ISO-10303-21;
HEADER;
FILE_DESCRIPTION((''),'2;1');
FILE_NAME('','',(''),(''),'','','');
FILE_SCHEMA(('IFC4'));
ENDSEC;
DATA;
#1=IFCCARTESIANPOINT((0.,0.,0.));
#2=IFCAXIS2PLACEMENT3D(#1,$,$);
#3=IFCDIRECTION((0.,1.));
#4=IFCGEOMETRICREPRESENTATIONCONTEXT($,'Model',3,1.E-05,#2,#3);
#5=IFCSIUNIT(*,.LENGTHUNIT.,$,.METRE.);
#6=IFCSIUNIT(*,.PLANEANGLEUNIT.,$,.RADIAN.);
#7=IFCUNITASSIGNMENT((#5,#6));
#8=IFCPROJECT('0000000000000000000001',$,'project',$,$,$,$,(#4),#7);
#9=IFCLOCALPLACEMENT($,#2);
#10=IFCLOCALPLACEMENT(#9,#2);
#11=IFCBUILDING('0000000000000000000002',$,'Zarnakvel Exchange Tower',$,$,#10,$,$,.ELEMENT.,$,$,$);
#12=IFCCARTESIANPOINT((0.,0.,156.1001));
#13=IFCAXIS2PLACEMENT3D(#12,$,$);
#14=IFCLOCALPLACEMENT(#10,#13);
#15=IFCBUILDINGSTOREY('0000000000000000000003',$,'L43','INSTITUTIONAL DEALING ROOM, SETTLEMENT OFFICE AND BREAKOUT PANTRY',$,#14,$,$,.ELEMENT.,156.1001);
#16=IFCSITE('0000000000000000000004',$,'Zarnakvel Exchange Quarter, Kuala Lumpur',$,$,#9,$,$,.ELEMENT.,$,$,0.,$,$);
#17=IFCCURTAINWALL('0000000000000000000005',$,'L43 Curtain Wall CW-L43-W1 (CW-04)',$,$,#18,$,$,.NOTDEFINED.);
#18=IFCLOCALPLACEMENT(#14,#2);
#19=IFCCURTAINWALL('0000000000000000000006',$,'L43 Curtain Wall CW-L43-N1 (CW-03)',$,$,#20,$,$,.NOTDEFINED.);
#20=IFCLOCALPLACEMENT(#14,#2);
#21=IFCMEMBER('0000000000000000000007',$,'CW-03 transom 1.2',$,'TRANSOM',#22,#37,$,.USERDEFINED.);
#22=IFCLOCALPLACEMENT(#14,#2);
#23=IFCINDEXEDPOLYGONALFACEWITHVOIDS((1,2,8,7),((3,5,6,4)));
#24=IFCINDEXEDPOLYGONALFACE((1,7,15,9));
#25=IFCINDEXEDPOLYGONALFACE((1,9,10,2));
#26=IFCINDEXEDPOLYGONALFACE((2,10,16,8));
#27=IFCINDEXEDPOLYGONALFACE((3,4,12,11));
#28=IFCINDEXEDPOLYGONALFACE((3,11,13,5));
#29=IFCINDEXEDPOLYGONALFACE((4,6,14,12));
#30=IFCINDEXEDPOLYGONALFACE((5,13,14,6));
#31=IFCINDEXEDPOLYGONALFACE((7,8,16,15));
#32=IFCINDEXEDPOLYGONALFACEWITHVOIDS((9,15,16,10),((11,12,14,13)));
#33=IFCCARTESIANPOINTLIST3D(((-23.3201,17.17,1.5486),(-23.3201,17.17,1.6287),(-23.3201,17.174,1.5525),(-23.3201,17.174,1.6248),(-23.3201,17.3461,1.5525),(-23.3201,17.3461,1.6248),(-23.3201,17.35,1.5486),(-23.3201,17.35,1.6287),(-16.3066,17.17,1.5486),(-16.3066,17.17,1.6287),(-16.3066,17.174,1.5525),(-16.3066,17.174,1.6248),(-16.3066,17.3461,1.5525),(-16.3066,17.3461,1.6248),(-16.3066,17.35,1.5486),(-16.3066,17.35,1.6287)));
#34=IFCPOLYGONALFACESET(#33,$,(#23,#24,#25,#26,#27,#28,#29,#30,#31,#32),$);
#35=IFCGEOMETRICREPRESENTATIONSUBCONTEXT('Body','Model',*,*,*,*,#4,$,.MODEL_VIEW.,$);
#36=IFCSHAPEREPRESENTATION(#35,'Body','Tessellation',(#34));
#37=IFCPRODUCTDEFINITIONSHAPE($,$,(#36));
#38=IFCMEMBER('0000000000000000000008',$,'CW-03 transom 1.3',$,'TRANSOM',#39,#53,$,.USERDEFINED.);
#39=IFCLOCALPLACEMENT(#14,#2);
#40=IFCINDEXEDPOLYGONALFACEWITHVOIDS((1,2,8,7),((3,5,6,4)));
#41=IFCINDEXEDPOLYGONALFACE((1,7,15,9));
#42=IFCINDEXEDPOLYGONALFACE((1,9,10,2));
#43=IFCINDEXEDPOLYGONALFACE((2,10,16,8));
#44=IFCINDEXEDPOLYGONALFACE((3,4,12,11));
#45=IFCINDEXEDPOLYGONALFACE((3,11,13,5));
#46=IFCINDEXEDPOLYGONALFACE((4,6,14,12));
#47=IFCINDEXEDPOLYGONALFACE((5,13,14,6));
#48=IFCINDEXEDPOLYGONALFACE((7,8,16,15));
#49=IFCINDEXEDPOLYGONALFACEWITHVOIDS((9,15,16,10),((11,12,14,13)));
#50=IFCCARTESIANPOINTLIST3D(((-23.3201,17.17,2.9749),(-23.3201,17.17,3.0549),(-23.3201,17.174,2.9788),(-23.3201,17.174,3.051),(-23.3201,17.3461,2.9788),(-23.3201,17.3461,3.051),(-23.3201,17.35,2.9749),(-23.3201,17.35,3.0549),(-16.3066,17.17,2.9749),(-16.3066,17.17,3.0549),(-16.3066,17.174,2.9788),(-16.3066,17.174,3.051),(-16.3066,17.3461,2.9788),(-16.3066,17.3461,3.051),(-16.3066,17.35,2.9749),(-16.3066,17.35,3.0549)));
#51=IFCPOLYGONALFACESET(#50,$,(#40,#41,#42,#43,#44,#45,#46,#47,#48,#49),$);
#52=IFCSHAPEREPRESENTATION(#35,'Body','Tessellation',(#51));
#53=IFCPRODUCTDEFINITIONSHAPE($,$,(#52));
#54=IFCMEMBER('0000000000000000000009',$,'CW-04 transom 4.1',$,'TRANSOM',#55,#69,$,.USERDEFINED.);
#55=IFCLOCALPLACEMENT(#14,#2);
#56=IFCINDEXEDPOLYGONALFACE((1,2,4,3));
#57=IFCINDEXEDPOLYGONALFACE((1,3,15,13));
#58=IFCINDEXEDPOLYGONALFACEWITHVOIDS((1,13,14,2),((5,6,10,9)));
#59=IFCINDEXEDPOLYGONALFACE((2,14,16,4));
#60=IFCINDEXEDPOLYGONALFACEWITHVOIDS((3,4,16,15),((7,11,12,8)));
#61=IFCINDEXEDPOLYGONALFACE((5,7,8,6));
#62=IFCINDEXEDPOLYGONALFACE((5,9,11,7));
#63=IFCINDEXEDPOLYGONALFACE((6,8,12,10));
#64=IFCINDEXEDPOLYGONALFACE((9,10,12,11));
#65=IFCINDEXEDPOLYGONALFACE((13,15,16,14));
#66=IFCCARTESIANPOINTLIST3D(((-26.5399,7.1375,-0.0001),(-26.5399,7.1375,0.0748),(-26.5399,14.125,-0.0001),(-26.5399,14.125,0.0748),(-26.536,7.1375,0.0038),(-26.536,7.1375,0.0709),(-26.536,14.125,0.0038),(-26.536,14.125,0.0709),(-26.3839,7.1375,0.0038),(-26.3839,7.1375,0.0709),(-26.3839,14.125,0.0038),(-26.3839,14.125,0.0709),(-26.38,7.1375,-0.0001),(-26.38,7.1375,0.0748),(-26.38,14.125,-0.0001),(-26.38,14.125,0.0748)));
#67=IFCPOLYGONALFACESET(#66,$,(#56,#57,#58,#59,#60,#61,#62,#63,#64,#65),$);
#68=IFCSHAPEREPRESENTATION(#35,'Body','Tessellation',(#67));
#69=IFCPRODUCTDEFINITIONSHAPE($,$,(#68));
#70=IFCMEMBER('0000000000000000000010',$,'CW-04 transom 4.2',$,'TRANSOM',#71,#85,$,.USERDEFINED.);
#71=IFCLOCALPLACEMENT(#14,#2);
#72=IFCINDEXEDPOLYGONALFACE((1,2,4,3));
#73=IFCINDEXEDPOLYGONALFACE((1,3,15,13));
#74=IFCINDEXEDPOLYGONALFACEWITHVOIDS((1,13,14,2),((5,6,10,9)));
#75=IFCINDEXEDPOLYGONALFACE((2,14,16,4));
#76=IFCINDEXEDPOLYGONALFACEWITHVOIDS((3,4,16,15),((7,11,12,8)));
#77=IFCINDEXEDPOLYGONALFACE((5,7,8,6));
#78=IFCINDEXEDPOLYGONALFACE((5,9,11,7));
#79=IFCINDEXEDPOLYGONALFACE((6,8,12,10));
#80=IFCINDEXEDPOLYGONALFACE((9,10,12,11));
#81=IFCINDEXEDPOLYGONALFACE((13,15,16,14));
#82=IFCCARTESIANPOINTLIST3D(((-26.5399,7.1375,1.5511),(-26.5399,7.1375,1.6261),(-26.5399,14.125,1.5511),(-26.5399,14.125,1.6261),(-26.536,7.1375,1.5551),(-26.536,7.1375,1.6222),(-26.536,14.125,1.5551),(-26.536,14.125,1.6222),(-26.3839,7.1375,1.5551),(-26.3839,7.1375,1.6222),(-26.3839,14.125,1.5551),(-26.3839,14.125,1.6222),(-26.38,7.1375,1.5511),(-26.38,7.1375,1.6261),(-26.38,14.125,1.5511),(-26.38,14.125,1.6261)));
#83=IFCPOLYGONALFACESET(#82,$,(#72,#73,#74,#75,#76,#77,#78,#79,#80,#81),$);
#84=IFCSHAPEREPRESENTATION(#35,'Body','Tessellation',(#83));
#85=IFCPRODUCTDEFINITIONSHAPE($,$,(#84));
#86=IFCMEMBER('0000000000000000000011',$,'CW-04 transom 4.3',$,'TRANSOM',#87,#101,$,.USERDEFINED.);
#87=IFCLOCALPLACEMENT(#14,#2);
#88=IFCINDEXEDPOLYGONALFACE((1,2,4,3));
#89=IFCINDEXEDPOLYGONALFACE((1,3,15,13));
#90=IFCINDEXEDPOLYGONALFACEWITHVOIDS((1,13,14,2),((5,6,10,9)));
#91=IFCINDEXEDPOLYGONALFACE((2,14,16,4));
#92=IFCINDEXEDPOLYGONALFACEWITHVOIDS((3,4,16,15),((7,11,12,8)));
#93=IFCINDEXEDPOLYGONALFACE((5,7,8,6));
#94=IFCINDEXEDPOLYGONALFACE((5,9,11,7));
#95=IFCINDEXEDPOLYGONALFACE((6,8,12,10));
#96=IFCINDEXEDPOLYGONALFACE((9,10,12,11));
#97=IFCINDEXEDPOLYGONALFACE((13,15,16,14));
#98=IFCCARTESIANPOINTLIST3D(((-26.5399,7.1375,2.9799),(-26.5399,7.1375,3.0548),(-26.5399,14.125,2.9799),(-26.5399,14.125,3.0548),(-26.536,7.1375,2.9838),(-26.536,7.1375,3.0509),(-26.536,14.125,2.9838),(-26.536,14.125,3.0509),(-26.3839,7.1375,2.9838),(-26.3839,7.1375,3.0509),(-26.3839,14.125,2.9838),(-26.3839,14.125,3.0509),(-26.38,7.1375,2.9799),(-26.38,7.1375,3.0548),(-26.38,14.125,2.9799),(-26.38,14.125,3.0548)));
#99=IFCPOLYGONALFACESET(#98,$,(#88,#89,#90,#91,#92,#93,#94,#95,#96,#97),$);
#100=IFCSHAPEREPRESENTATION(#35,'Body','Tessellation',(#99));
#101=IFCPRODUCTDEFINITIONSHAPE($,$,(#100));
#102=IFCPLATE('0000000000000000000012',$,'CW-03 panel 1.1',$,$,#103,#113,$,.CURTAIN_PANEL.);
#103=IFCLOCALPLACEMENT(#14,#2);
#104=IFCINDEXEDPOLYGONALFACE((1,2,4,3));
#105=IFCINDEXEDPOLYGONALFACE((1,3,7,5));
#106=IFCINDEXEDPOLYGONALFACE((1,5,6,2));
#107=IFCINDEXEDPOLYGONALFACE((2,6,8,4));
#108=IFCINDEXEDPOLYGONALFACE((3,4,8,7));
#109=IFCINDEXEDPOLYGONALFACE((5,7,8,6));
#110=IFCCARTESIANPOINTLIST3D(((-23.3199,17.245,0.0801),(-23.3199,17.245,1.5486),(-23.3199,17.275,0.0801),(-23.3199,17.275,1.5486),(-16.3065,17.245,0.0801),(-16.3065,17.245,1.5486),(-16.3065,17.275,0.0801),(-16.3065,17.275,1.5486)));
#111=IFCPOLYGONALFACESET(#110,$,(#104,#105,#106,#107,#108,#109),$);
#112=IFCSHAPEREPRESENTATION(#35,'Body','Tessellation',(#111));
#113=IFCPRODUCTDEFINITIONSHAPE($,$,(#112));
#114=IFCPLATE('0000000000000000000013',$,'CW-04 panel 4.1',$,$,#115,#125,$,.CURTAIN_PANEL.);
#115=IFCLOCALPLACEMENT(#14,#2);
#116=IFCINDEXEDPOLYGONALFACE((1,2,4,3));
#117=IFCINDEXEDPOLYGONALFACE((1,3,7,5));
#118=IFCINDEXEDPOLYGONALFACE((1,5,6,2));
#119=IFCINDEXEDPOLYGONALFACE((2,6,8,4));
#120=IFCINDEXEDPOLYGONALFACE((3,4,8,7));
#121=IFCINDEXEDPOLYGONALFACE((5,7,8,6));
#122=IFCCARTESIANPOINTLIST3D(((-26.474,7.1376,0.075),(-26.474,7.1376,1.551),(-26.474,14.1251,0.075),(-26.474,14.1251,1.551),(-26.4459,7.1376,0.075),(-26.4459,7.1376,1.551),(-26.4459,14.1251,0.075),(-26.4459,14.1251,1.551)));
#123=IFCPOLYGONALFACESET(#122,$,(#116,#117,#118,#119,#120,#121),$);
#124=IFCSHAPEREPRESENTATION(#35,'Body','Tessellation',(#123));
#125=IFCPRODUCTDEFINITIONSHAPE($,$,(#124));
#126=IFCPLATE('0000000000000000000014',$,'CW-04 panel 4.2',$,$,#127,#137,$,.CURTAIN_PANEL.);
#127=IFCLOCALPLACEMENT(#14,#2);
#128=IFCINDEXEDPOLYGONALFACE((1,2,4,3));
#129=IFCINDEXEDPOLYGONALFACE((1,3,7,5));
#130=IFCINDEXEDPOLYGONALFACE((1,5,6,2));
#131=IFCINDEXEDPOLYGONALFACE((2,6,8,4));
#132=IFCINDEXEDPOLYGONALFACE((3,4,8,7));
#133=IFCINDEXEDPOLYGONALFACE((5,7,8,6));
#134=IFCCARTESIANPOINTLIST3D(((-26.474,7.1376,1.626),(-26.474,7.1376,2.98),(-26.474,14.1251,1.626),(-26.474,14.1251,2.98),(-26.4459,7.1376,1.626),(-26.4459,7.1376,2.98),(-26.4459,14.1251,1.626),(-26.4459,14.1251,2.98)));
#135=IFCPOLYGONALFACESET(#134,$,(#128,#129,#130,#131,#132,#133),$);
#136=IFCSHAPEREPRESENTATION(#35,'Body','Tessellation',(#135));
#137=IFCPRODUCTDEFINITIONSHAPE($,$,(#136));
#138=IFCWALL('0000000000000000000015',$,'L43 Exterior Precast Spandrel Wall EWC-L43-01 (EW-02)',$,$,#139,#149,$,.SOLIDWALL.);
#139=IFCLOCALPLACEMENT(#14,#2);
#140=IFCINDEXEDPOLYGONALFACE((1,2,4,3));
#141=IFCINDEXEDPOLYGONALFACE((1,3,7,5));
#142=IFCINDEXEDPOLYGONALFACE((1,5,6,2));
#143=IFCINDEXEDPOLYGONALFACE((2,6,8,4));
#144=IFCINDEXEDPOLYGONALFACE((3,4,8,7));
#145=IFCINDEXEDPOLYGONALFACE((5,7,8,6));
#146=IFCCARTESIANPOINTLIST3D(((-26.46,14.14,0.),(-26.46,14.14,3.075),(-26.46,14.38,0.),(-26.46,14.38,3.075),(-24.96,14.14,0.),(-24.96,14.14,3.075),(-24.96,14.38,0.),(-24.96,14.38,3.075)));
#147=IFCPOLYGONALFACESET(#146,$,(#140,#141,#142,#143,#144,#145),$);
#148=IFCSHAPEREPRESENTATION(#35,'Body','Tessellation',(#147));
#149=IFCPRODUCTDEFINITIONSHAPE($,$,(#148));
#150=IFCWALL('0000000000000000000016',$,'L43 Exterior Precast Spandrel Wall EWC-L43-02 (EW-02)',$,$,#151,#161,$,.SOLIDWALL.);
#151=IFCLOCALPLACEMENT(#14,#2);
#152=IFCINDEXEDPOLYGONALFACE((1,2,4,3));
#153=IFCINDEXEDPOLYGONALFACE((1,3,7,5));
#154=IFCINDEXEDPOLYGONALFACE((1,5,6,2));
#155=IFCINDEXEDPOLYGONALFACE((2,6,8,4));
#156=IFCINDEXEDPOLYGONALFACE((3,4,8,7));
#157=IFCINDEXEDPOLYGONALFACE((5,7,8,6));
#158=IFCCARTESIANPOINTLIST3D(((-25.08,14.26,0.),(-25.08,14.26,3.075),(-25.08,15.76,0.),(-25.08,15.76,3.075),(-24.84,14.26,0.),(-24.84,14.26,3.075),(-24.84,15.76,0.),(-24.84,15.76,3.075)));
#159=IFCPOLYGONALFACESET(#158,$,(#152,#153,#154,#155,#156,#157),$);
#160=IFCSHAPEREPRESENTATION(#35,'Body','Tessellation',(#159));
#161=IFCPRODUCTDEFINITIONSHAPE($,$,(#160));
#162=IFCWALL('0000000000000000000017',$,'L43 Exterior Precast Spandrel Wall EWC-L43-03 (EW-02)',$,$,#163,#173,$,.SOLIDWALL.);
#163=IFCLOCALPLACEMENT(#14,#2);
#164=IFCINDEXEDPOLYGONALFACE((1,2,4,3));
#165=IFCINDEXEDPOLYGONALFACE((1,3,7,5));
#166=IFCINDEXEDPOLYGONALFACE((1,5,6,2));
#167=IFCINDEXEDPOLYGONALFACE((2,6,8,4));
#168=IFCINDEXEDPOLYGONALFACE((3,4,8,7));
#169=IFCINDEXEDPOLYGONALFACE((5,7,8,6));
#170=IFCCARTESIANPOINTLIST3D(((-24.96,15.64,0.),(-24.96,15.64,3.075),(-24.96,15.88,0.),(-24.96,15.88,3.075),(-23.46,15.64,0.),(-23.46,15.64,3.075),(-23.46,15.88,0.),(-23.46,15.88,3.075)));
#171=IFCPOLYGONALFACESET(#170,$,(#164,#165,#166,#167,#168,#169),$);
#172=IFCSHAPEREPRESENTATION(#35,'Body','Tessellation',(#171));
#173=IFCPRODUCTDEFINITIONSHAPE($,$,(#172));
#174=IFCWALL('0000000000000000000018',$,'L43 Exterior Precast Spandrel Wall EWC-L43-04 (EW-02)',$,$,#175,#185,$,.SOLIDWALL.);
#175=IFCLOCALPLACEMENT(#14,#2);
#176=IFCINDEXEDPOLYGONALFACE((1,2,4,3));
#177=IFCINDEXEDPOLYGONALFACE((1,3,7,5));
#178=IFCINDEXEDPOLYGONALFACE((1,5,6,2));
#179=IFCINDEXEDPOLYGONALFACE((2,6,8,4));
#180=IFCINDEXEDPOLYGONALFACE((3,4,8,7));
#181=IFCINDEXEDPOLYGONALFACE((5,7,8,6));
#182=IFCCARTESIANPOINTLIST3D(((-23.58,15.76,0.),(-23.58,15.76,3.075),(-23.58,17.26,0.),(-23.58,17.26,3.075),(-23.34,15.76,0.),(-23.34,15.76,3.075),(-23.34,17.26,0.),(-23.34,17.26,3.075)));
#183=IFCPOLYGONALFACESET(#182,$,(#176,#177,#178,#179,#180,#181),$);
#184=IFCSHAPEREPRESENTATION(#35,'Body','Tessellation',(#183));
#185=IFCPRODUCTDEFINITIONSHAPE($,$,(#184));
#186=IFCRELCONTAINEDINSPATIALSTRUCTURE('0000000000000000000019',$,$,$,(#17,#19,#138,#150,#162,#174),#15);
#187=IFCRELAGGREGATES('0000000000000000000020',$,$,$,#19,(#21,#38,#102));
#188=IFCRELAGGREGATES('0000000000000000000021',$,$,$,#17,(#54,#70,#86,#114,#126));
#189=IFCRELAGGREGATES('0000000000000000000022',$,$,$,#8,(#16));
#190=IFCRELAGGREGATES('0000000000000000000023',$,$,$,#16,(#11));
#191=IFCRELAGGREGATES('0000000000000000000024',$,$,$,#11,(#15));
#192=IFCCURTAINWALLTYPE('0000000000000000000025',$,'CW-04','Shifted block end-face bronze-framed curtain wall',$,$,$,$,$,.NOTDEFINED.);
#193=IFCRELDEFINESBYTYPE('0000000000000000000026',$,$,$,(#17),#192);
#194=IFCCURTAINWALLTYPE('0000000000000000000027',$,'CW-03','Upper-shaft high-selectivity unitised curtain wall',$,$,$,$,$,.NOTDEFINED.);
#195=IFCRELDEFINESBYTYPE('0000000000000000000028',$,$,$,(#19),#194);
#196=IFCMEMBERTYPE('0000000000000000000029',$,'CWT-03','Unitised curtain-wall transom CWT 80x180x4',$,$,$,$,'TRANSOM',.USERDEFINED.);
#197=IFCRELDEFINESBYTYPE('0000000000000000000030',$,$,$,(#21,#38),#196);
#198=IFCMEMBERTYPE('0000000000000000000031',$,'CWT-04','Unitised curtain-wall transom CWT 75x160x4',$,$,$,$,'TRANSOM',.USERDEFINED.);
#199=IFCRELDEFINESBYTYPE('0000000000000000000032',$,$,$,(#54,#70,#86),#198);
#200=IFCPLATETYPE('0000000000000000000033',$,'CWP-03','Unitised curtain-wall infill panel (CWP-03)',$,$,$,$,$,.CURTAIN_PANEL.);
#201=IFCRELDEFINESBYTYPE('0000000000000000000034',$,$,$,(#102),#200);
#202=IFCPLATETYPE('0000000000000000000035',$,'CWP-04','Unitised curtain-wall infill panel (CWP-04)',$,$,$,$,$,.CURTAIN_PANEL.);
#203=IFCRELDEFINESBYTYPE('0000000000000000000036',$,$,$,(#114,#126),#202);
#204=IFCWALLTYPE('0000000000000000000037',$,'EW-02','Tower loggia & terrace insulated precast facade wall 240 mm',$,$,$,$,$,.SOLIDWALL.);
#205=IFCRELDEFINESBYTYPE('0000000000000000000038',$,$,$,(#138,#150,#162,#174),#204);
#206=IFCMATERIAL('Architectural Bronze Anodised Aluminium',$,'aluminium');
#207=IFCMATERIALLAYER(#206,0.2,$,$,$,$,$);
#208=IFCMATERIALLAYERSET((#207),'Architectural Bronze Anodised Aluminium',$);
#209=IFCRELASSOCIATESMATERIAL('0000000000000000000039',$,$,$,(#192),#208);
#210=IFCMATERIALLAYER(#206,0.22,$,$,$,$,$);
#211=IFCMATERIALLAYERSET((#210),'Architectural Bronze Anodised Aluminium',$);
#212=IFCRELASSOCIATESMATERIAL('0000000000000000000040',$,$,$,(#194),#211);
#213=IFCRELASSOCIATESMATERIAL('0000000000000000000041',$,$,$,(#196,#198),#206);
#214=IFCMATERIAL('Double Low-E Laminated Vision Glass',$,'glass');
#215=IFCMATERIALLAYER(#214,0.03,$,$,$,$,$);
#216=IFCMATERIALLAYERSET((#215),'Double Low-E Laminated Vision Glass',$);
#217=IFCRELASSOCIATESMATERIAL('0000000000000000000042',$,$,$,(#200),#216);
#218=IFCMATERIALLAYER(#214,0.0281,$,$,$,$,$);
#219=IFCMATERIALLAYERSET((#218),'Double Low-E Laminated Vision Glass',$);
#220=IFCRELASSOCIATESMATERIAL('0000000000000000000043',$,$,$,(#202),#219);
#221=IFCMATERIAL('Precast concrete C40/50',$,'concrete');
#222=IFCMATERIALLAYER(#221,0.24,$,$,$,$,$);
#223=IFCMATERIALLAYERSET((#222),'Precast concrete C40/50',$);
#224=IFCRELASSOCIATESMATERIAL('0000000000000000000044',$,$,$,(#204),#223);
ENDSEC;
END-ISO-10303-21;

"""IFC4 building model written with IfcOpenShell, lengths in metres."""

from ifc_helpers import new_model, si_unit, direction, frame, frame_2d, origin, origin_2d, place, context, subcontext, project, spatial, rectangle, hollow_rectangle, extrude, source, transform, mapped, material, layer, layer_set, material_profile, profile_set, type_object, element, aggregate, save


model = new_model("IFC4")

# Units and contexts
model_context = context("Model", 3, precision=1e-05, world=origin(), true_north=direction((0.0, 1.0)))
body_context = subcontext(model_context, "Body", "Model", "MODEL_VIEW")
ifc_project = project(units=[si_unit("LENGTHUNIT", "METRE"), si_unit("PLANEANGLEUNIT", "RADIAN")], contexts=[model_context])

# Site, building, storey
site_placement = place(None, origin())
site = spatial("IfcSite", under=ifc_project, at=site_placement, Name="Zarnakvel Exchange Quarter, Kuala Lumpur", CompositionType="ELEMENT", RefElevation=0.0)
building_placement = place(site_placement, origin())
building = spatial("IfcBuilding", under=site, at=building_placement, Name="Zarnakvel Exchange Tower", CompositionType="ELEMENT")
storey_placement = place(building_placement, frame((0.0, 0.0, 156.1001)))
storey = spatial("IfcBuildingStorey", under=building, at=storey_placement, Name="L43", Description="INSTITUTIONAL DEALING ROOM, SETTLEMENT OFFICE AND BREAKOUT PANTRY", CompositionType="ELEMENT", Elevation=156.1001)

# Curtain walls, members
ifc_material_1 = material(Name="Architectural Bronze Anodised Aluminium", Category="aluminium")
ifc_layer_1 = layer(ifc_material_1, 0.2)
ifc_layer_set_1 = layer_set([ifc_layer_1], Name="Architectural Bronze Anodised Aluminium")
curtain_wall_type_1 = type_object("IfcCurtainWallType", Name="CW-04", Description="Shifted block end-face bronze-framed curtain wall", PredefinedType="NOTDEFINED", material=ifc_layer_set_1)
curtain_wall_1_placement = place(storey_placement, origin())
curtain_wall_1 = element("IfcCurtainWall", 1, at=curtain_wall_1_placement, inside=storey, type_object=curtain_wall_type_1, Name="L43 Curtain Wall CW-L43-W1 (CW-04)", PredefinedType="NOTDEFINED")
ifc_layer_2 = layer(ifc_material_1, 0.22)
ifc_layer_set_2 = layer_set([ifc_layer_2], Name="Architectural Bronze Anodised Aluminium")
curtain_wall_type_2 = type_object("IfcCurtainWallType", Name="CW-03", Description="Upper-shaft high-selectivity unitised curtain wall", PredefinedType="NOTDEFINED", material=ifc_layer_set_2)
curtain_wall_2_placement = place(storey_placement, origin())
curtain_wall_2 = element("IfcCurtainWall", 2, at=curtain_wall_2_placement, inside=storey, type_object=curtain_wall_type_2, Name="L43 Curtain Wall CW-L43-N1 (CW-03)", PredefinedType="NOTDEFINED")
ifc_material_profile_1 = material_profile(ifc_material_1, hollow_rectangle(XDim=0.1799, YDim=0.0801, WallThickness=0.0039, at=origin_2d()))
ifc_profile_set_1 = profile_set([ifc_material_profile_1], Name="Architectural Bronze Anodised Aluminium")
member_type_1 = type_object("IfcMemberType", Name="CWT-03", Description="Unitised curtain-wall transom CWT 80x180x4", ElementType="TRANSOM", PredefinedType="USERDEFINED", material=ifc_profile_set_1)
shared_shape_1 = source(origin(), body_context, "Body", "SweptSolid", [
    extrude(hollow_rectangle(XDim=0.1799, YDim=0.0801, WallThickness=0.0039, at=origin_2d()), origin(), (0.0, 0.0, 1.0), 7.0134),
])
member_1_placement = place(storey_placement, frame((-23.3201, 17.26, 1.5886), z_axis=(1.0, 0.0, 0.0), x_axis=(0.0, 1.0, 0.0)))
member_1 = element("IfcMember", 3, at=member_1_placement, type_object=member_type_1, Name="CW-03 transom 1.2", ObjectType="TRANSOM", PredefinedType="USERDEFINED", context=body_context, shape_type="MappedRepresentation", body=[
    mapped(shared_shape_1, transform((0.0, 0.0, 0.0), x_axis=(1.0, 0.0, 0.0), y_axis=(0.0, 1.0, 0.0), z_axis=(0.0, 0.0, 1.0), scale=1.0)),
])
member_2_placement = place(storey_placement, frame((-23.3201, 17.26, 3.0149), z_axis=(1.0, 0.0, 0.0), x_axis=(0.0, 1.0, 0.0)))
member_2 = element("IfcMember", 4, at=member_2_placement, type_object=member_type_1, Name="CW-03 transom 1.3", ObjectType="TRANSOM", PredefinedType="USERDEFINED", context=body_context, shape_type="MappedRepresentation", body=[
    mapped(shared_shape_1, transform((0.0, 0.0, 0.0), x_axis=(1.0, 0.0, 0.0), y_axis=(0.0, 1.0, 0.0), z_axis=(0.0, 0.0, 1.0), scale=1.0)),
])

# Members
ifc_material_profile_2 = material_profile(ifc_material_1, hollow_rectangle(XDim=0.1599, YDim=0.075, WallThickness=0.0039, at=origin_2d()))
ifc_profile_set_2 = profile_set([ifc_material_profile_2], Name="Architectural Bronze Anodised Aluminium")
member_type_2 = type_object("IfcMemberType", Name="CWT-04", Description="Unitised curtain-wall transom CWT 75x160x4", ElementType="TRANSOM", PredefinedType="USERDEFINED", material=ifc_profile_set_2)
shared_shape_2 = source(origin(), body_context, "Body", "SweptSolid", [
    extrude(hollow_rectangle(XDim=0.1599, YDim=0.075, WallThickness=0.0039, at=origin_2d()), origin(), (0.0, 0.0, 1.0), 6.9875),
])
member_3_placement = place(storey_placement, frame((-26.46, 7.1375, 0.0374), z_axis=(0.0, 1.0, 0.0), x_axis=(-1.0, 0.0, 0.0)))
member_3 = element("IfcMember", 5, at=member_3_placement, type_object=member_type_2, Name="CW-04 transom 4.1", ObjectType="TRANSOM", PredefinedType="USERDEFINED", context=body_context, shape_type="MappedRepresentation", body=[
    mapped(shared_shape_2, transform((0.0, 0.0, 0.0), x_axis=(1.0, 0.0, 0.0), y_axis=(0.0, 1.0, 0.0), z_axis=(0.0, 0.0, 1.0), scale=1.0)),
])
member_4_placement = place(storey_placement, frame((-26.46, 7.1375, 1.5886), z_axis=(0.0, 1.0, 0.0), x_axis=(-1.0, 0.0, 0.0)))
member_4 = element("IfcMember", 6, at=member_4_placement, type_object=member_type_2, Name="CW-04 transom 4.2", ObjectType="TRANSOM", PredefinedType="USERDEFINED", context=body_context, shape_type="MappedRepresentation", body=[
    mapped(shared_shape_2, transform((0.0, 0.0, 0.0), x_axis=(1.0, 0.0, 0.0), y_axis=(0.0, 1.0, 0.0), z_axis=(0.0, 0.0, 1.0), scale=1.0)),
])
member_5_placement = place(storey_placement, frame((-26.46, 7.1375, 3.0173), z_axis=(0.0, 1.0, 0.0), x_axis=(-1.0, 0.0, 0.0)))
member_5 = element("IfcMember", 7, at=member_5_placement, type_object=member_type_2, Name="CW-04 transom 4.3", ObjectType="TRANSOM", PredefinedType="USERDEFINED", context=body_context, shape_type="MappedRepresentation", body=[
    mapped(shared_shape_2, transform((0.0, 0.0, 0.0), x_axis=(1.0, 0.0, 0.0), y_axis=(0.0, 1.0, 0.0), z_axis=(0.0, 0.0, 1.0), scale=1.0)),
])

# Plates
ifc_material_2 = material(Name="Double Low-E Laminated Vision Glass", Category="glass")
ifc_layer_3 = layer(ifc_material_2, 0.03)
ifc_layer_set_3 = layer_set([ifc_layer_3], Name="Double Low-E Laminated Vision Glass")
plate_type_1 = type_object("IfcPlateType", Name="CWP-03", Description="Unitised curtain-wall infill panel (CWP-03)", PredefinedType="CURTAIN_PANEL", material=ifc_layer_set_3)
shared_shape_3 = source(origin(), body_context, "Body", "SweptSolid", [
    extrude(rectangle(XDim=7.0134, YDim=0.03, at=origin_2d()), origin(), (0.0, 0.0, 1.0), 1.4685),
])
plate_1_placement = place(storey_placement, frame((-19.8132, 17.26, 0.0801), z_axis=(0.0, 0.0, 1.0), x_axis=(1.0, 0.0, 0.0)))
plate_1 = element("IfcPlate", 8, at=plate_1_placement, type_object=plate_type_1, Name="CW-03 panel 1.1", PredefinedType="CURTAIN_PANEL", context=body_context, shape_type="MappedRepresentation", body=[
    mapped(shared_shape_3, transform((0.0, 0.0, 0.0), x_axis=(1.0, 0.0, 0.0), y_axis=(0.0, 1.0, 0.0), z_axis=(0.0, 0.0, 1.0), scale=1.0)),
])
aggregate(curtain_wall_2, [member_1, member_2, plate_1])
ifc_layer_4 = layer(ifc_material_2, 0.0281)
ifc_layer_set_4 = layer_set([ifc_layer_4], Name="Double Low-E Laminated Vision Glass")
plate_type_2 = type_object("IfcPlateType", Name="CWP-04", Description="Unitised curtain-wall infill panel (CWP-04)", PredefinedType="CURTAIN_PANEL", material=ifc_layer_set_4)
shared_shape_4 = source(origin(), body_context, "Body", "SweptSolid", [
    extrude(rectangle(XDim=6.9875, YDim=0.0281, at=origin_2d()), origin(), (0.0, 0.0, 1.0), 1.4761),
])
plate_2_placement = place(storey_placement, frame((-26.46, 10.6313, 0.075), z_axis=(0.0, 0.0, 1.0), x_axis=(0.0, 1.0, 0.0)))
plate_2 = element("IfcPlate", 9, at=plate_2_placement, type_object=plate_type_2, Name="CW-04 panel 4.1", PredefinedType="CURTAIN_PANEL", context=body_context, shape_type="MappedRepresentation", body=[
    mapped(shared_shape_4, transform((0.0, 0.0, 0.0), x_axis=(1.0, 0.0, 0.0), y_axis=(0.0, 1.0, 0.0), z_axis=(0.0, 0.0, 1.0), scale=1.0)),
])
shared_shape_5 = source(origin(), body_context, "Body", "SweptSolid", [
    extrude(rectangle(XDim=6.9875, YDim=0.0281, at=origin_2d()), origin(), (0.0, 0.0, 1.0), 1.354),
])
plate_3_placement = place(storey_placement, frame((-26.46, 10.6313, 1.626), z_axis=(0.0, 0.0, 1.0), x_axis=(0.0, 1.0, 0.0)))
plate_3 = element("IfcPlate", 10, at=plate_3_placement, type_object=plate_type_2, Name="CW-04 panel 4.2", PredefinedType="CURTAIN_PANEL", context=body_context, shape_type="MappedRepresentation", body=[
    mapped(shared_shape_5, transform((0.0, 0.0, 0.0), x_axis=(1.0, 0.0, 0.0), y_axis=(0.0, 1.0, 0.0), z_axis=(0.0, 0.0, 1.0), scale=1.0)),
])
aggregate(curtain_wall_1, [member_3, member_4, member_5, plate_2, plate_3])

# Walls
ifc_material_3 = material(Name="Precast concrete C40/50", Category="concrete")
ifc_layer_5 = layer(ifc_material_3, 0.24)
ifc_layer_set_5 = layer_set([ifc_layer_5], Name="Precast concrete C40/50")
wall_type_1 = type_object("IfcWallType", Name="EW-02", Description="Tower loggia & terrace insulated precast facade wall 240 mm", PredefinedType="SOLIDWALL", material=ifc_layer_set_5)
for number, where, z_axis, x_axis, name in (
    (11, (-24.96, 14.26, 0.0), (0.0, 0.0, 1.0), (-1.0, 0.0, 0.0), "L43 Exterior Precast Spandrel Wall EWC-L43-01 (EW-02)"),
    (12, (-24.96, 15.76, 0.0), (0.0, 0.0, 1.0), (0.0, -1.0, 0.0), "L43 Exterior Precast Spandrel Wall EWC-L43-02 (EW-02)"),
    (13, (-23.46, 15.76, 0.0), (0.0, 0.0, 1.0), (-1.0, 0.0, 0.0), "L43 Exterior Precast Spandrel Wall EWC-L43-03 (EW-02)"),
    (14, (-23.46, 17.26, 0.0), (0.0, 0.0, 1.0), (0.0, -1.0, 0.0), "L43 Exterior Precast Spandrel Wall EWC-L43-04 (EW-02)"),
):
    element("IfcWall", number, at=place(storey_placement, frame(where, z_axis=z_axis, x_axis=x_axis)), inside=storey, type_object=wall_type_1, Name=name, PredefinedType="SOLIDWALL", context=body_context, shape_type="SweptSolid", body=[
        extrude(rectangle(XDim=1.5, YDim=0.24, at=frame_2d((0.75, 0.0))), origin(), (0.0, 0.0, 1.0), 3.075),
    ])

save(model, "model.ifc")
